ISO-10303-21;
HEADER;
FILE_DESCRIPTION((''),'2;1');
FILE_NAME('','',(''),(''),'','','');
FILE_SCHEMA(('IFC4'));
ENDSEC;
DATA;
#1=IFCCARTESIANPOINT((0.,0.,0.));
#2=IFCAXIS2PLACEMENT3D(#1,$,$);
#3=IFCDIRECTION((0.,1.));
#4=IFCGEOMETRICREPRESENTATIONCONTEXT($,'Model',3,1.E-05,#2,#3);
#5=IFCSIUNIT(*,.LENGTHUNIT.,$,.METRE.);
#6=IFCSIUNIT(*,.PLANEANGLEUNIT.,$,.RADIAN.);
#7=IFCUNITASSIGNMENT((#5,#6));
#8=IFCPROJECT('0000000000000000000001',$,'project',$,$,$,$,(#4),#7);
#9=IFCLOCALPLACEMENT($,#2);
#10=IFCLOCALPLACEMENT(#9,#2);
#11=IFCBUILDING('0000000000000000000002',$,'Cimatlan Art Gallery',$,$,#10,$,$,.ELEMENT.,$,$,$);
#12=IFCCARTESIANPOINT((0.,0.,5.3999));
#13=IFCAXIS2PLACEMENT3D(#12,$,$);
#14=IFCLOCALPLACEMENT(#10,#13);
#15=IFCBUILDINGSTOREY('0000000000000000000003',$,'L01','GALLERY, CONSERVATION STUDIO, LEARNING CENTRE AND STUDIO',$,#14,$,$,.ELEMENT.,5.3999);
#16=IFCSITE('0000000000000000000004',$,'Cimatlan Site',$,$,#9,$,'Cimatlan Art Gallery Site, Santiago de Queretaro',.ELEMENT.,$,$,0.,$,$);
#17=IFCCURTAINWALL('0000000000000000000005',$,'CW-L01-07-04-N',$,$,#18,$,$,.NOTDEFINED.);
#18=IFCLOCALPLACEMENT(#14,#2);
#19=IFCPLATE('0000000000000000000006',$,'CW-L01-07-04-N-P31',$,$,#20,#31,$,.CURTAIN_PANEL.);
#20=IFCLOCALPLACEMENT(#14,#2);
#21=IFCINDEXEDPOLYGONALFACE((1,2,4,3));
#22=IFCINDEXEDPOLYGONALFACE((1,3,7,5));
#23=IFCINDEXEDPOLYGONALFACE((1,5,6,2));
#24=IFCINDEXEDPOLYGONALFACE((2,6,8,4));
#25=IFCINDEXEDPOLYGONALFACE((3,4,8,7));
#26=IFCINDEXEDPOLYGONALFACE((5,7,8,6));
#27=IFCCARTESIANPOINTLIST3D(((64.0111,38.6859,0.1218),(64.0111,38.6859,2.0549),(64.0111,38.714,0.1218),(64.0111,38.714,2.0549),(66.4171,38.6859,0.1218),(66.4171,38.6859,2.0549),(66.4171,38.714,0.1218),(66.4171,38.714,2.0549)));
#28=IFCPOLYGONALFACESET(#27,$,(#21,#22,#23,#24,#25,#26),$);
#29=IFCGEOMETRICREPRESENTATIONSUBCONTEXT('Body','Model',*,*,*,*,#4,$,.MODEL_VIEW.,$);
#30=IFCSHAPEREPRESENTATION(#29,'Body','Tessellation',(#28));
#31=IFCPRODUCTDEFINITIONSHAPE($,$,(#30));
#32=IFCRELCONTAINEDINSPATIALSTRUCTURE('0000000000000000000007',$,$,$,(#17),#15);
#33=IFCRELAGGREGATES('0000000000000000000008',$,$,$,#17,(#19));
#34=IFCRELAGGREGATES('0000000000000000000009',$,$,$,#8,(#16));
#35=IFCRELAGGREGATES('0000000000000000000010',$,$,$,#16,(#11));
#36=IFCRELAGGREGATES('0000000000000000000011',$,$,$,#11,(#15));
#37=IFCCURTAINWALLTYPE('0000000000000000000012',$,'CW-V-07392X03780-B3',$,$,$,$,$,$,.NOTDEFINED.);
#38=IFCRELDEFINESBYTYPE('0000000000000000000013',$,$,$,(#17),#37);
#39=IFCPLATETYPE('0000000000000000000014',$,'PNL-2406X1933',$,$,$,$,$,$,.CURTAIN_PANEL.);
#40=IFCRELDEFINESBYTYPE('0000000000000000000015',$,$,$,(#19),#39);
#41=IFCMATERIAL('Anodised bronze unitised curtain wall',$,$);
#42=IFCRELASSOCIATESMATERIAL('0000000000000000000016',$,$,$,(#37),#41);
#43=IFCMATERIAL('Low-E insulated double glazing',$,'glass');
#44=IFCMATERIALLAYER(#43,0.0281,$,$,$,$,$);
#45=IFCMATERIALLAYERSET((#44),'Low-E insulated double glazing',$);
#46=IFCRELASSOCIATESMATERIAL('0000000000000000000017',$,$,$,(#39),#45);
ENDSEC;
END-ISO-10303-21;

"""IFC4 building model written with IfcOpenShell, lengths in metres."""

from ifc_helpers import new_model, si_unit, direction, frame, origin, origin_2d, place, context, subcontext, project, spatial, rectangle, extrude, material, layer, layer_set, type_object, element, aggregate, save


model = new_model("IFC4")

# Units and contexts
model_context = context("Model", 3, precision=1e-05, world=origin(), true_north=direction((0.0, 1.0)))
body_context = subcontext(model_context, "Body", "Model", "MODEL_VIEW")
ifc_project = project(units=[si_unit("LENGTHUNIT", "METRE"), si_unit("PLANEANGLEUNIT", "RADIAN")], contexts=[model_context])

# Site, building, storey
site_placement = place(None, origin())
site = spatial("IfcSite", under=ifc_project, at=site_placement, Name="Cimatlan Site", LongName="Cimatlan Art Gallery Site, Santiago de Queretaro", CompositionType="ELEMENT", RefElevation=0.0)
building_placement = place(site_placement, origin())
building = spatial("IfcBuilding", under=site, at=building_placement, Name="Cimatlan Art Gallery", CompositionType="ELEMENT")
storey_placement = place(building_placement, frame((0.0, 0.0, 5.3999)))
storey = spatial("IfcBuildingStorey", under=building, at=storey_placement, Name="L01", Description="GALLERY, CONSERVATION STUDIO, LEARNING CENTRE AND STUDIO", CompositionType="ELEMENT", Elevation=5.3999)

# Curtain wall
ifc_material_1 = material(Name="Anodised bronze unitised curtain wall")
curtain_wall_type_1 = type_object("IfcCurtainWallType", Name="CW-V-07392X03780-B3", PredefinedType="NOTDEFINED", material=ifc_material_1)
curtain_wall_1_placement = place(storey_placement, origin())
curtain_wall_1 = element("IfcCurtainWall", 1, at=curtain_wall_1_placement, inside=storey, type_object=curtain_wall_type_1, Name="CW-L01-07-04-N", PredefinedType="NOTDEFINED")

# Plate
ifc_material_2 = material(Name="Low-E insulated double glazing", Category="glass")
ifc_layer_1 = layer(ifc_material_2, 0.0281)
ifc_layer_set_1 = layer_set([ifc_layer_1], Name="Low-E insulated double glazing")
plate_type_1 = type_object("IfcPlateType", Name="PNL-2406X1933", PredefinedType="CURTAIN_PANEL", material=ifc_layer_set_1)
plate_1_placement = place(storey_placement, frame((65.2141, 38.7, 0.1218), z_axis=(0.0, 0.0, 1.0), x_axis=(1.0, 0.0, 0.0)))
plate_1 = element("IfcPlate", 2, at=plate_1_placement, type_object=plate_type_1, Name="CW-L01-07-04-N-P31", PredefinedType="CURTAIN_PANEL", context=body_context, shape_type="SweptSolid", body=[
    extrude(rectangle(XDim=2.406, YDim=0.0281, at=origin_2d()), origin(), (0.0, 0.0, 1.0), 1.9331),
])
aggregate(curtain_wall_1, [plate_1])

save(model, "model.ifc")
